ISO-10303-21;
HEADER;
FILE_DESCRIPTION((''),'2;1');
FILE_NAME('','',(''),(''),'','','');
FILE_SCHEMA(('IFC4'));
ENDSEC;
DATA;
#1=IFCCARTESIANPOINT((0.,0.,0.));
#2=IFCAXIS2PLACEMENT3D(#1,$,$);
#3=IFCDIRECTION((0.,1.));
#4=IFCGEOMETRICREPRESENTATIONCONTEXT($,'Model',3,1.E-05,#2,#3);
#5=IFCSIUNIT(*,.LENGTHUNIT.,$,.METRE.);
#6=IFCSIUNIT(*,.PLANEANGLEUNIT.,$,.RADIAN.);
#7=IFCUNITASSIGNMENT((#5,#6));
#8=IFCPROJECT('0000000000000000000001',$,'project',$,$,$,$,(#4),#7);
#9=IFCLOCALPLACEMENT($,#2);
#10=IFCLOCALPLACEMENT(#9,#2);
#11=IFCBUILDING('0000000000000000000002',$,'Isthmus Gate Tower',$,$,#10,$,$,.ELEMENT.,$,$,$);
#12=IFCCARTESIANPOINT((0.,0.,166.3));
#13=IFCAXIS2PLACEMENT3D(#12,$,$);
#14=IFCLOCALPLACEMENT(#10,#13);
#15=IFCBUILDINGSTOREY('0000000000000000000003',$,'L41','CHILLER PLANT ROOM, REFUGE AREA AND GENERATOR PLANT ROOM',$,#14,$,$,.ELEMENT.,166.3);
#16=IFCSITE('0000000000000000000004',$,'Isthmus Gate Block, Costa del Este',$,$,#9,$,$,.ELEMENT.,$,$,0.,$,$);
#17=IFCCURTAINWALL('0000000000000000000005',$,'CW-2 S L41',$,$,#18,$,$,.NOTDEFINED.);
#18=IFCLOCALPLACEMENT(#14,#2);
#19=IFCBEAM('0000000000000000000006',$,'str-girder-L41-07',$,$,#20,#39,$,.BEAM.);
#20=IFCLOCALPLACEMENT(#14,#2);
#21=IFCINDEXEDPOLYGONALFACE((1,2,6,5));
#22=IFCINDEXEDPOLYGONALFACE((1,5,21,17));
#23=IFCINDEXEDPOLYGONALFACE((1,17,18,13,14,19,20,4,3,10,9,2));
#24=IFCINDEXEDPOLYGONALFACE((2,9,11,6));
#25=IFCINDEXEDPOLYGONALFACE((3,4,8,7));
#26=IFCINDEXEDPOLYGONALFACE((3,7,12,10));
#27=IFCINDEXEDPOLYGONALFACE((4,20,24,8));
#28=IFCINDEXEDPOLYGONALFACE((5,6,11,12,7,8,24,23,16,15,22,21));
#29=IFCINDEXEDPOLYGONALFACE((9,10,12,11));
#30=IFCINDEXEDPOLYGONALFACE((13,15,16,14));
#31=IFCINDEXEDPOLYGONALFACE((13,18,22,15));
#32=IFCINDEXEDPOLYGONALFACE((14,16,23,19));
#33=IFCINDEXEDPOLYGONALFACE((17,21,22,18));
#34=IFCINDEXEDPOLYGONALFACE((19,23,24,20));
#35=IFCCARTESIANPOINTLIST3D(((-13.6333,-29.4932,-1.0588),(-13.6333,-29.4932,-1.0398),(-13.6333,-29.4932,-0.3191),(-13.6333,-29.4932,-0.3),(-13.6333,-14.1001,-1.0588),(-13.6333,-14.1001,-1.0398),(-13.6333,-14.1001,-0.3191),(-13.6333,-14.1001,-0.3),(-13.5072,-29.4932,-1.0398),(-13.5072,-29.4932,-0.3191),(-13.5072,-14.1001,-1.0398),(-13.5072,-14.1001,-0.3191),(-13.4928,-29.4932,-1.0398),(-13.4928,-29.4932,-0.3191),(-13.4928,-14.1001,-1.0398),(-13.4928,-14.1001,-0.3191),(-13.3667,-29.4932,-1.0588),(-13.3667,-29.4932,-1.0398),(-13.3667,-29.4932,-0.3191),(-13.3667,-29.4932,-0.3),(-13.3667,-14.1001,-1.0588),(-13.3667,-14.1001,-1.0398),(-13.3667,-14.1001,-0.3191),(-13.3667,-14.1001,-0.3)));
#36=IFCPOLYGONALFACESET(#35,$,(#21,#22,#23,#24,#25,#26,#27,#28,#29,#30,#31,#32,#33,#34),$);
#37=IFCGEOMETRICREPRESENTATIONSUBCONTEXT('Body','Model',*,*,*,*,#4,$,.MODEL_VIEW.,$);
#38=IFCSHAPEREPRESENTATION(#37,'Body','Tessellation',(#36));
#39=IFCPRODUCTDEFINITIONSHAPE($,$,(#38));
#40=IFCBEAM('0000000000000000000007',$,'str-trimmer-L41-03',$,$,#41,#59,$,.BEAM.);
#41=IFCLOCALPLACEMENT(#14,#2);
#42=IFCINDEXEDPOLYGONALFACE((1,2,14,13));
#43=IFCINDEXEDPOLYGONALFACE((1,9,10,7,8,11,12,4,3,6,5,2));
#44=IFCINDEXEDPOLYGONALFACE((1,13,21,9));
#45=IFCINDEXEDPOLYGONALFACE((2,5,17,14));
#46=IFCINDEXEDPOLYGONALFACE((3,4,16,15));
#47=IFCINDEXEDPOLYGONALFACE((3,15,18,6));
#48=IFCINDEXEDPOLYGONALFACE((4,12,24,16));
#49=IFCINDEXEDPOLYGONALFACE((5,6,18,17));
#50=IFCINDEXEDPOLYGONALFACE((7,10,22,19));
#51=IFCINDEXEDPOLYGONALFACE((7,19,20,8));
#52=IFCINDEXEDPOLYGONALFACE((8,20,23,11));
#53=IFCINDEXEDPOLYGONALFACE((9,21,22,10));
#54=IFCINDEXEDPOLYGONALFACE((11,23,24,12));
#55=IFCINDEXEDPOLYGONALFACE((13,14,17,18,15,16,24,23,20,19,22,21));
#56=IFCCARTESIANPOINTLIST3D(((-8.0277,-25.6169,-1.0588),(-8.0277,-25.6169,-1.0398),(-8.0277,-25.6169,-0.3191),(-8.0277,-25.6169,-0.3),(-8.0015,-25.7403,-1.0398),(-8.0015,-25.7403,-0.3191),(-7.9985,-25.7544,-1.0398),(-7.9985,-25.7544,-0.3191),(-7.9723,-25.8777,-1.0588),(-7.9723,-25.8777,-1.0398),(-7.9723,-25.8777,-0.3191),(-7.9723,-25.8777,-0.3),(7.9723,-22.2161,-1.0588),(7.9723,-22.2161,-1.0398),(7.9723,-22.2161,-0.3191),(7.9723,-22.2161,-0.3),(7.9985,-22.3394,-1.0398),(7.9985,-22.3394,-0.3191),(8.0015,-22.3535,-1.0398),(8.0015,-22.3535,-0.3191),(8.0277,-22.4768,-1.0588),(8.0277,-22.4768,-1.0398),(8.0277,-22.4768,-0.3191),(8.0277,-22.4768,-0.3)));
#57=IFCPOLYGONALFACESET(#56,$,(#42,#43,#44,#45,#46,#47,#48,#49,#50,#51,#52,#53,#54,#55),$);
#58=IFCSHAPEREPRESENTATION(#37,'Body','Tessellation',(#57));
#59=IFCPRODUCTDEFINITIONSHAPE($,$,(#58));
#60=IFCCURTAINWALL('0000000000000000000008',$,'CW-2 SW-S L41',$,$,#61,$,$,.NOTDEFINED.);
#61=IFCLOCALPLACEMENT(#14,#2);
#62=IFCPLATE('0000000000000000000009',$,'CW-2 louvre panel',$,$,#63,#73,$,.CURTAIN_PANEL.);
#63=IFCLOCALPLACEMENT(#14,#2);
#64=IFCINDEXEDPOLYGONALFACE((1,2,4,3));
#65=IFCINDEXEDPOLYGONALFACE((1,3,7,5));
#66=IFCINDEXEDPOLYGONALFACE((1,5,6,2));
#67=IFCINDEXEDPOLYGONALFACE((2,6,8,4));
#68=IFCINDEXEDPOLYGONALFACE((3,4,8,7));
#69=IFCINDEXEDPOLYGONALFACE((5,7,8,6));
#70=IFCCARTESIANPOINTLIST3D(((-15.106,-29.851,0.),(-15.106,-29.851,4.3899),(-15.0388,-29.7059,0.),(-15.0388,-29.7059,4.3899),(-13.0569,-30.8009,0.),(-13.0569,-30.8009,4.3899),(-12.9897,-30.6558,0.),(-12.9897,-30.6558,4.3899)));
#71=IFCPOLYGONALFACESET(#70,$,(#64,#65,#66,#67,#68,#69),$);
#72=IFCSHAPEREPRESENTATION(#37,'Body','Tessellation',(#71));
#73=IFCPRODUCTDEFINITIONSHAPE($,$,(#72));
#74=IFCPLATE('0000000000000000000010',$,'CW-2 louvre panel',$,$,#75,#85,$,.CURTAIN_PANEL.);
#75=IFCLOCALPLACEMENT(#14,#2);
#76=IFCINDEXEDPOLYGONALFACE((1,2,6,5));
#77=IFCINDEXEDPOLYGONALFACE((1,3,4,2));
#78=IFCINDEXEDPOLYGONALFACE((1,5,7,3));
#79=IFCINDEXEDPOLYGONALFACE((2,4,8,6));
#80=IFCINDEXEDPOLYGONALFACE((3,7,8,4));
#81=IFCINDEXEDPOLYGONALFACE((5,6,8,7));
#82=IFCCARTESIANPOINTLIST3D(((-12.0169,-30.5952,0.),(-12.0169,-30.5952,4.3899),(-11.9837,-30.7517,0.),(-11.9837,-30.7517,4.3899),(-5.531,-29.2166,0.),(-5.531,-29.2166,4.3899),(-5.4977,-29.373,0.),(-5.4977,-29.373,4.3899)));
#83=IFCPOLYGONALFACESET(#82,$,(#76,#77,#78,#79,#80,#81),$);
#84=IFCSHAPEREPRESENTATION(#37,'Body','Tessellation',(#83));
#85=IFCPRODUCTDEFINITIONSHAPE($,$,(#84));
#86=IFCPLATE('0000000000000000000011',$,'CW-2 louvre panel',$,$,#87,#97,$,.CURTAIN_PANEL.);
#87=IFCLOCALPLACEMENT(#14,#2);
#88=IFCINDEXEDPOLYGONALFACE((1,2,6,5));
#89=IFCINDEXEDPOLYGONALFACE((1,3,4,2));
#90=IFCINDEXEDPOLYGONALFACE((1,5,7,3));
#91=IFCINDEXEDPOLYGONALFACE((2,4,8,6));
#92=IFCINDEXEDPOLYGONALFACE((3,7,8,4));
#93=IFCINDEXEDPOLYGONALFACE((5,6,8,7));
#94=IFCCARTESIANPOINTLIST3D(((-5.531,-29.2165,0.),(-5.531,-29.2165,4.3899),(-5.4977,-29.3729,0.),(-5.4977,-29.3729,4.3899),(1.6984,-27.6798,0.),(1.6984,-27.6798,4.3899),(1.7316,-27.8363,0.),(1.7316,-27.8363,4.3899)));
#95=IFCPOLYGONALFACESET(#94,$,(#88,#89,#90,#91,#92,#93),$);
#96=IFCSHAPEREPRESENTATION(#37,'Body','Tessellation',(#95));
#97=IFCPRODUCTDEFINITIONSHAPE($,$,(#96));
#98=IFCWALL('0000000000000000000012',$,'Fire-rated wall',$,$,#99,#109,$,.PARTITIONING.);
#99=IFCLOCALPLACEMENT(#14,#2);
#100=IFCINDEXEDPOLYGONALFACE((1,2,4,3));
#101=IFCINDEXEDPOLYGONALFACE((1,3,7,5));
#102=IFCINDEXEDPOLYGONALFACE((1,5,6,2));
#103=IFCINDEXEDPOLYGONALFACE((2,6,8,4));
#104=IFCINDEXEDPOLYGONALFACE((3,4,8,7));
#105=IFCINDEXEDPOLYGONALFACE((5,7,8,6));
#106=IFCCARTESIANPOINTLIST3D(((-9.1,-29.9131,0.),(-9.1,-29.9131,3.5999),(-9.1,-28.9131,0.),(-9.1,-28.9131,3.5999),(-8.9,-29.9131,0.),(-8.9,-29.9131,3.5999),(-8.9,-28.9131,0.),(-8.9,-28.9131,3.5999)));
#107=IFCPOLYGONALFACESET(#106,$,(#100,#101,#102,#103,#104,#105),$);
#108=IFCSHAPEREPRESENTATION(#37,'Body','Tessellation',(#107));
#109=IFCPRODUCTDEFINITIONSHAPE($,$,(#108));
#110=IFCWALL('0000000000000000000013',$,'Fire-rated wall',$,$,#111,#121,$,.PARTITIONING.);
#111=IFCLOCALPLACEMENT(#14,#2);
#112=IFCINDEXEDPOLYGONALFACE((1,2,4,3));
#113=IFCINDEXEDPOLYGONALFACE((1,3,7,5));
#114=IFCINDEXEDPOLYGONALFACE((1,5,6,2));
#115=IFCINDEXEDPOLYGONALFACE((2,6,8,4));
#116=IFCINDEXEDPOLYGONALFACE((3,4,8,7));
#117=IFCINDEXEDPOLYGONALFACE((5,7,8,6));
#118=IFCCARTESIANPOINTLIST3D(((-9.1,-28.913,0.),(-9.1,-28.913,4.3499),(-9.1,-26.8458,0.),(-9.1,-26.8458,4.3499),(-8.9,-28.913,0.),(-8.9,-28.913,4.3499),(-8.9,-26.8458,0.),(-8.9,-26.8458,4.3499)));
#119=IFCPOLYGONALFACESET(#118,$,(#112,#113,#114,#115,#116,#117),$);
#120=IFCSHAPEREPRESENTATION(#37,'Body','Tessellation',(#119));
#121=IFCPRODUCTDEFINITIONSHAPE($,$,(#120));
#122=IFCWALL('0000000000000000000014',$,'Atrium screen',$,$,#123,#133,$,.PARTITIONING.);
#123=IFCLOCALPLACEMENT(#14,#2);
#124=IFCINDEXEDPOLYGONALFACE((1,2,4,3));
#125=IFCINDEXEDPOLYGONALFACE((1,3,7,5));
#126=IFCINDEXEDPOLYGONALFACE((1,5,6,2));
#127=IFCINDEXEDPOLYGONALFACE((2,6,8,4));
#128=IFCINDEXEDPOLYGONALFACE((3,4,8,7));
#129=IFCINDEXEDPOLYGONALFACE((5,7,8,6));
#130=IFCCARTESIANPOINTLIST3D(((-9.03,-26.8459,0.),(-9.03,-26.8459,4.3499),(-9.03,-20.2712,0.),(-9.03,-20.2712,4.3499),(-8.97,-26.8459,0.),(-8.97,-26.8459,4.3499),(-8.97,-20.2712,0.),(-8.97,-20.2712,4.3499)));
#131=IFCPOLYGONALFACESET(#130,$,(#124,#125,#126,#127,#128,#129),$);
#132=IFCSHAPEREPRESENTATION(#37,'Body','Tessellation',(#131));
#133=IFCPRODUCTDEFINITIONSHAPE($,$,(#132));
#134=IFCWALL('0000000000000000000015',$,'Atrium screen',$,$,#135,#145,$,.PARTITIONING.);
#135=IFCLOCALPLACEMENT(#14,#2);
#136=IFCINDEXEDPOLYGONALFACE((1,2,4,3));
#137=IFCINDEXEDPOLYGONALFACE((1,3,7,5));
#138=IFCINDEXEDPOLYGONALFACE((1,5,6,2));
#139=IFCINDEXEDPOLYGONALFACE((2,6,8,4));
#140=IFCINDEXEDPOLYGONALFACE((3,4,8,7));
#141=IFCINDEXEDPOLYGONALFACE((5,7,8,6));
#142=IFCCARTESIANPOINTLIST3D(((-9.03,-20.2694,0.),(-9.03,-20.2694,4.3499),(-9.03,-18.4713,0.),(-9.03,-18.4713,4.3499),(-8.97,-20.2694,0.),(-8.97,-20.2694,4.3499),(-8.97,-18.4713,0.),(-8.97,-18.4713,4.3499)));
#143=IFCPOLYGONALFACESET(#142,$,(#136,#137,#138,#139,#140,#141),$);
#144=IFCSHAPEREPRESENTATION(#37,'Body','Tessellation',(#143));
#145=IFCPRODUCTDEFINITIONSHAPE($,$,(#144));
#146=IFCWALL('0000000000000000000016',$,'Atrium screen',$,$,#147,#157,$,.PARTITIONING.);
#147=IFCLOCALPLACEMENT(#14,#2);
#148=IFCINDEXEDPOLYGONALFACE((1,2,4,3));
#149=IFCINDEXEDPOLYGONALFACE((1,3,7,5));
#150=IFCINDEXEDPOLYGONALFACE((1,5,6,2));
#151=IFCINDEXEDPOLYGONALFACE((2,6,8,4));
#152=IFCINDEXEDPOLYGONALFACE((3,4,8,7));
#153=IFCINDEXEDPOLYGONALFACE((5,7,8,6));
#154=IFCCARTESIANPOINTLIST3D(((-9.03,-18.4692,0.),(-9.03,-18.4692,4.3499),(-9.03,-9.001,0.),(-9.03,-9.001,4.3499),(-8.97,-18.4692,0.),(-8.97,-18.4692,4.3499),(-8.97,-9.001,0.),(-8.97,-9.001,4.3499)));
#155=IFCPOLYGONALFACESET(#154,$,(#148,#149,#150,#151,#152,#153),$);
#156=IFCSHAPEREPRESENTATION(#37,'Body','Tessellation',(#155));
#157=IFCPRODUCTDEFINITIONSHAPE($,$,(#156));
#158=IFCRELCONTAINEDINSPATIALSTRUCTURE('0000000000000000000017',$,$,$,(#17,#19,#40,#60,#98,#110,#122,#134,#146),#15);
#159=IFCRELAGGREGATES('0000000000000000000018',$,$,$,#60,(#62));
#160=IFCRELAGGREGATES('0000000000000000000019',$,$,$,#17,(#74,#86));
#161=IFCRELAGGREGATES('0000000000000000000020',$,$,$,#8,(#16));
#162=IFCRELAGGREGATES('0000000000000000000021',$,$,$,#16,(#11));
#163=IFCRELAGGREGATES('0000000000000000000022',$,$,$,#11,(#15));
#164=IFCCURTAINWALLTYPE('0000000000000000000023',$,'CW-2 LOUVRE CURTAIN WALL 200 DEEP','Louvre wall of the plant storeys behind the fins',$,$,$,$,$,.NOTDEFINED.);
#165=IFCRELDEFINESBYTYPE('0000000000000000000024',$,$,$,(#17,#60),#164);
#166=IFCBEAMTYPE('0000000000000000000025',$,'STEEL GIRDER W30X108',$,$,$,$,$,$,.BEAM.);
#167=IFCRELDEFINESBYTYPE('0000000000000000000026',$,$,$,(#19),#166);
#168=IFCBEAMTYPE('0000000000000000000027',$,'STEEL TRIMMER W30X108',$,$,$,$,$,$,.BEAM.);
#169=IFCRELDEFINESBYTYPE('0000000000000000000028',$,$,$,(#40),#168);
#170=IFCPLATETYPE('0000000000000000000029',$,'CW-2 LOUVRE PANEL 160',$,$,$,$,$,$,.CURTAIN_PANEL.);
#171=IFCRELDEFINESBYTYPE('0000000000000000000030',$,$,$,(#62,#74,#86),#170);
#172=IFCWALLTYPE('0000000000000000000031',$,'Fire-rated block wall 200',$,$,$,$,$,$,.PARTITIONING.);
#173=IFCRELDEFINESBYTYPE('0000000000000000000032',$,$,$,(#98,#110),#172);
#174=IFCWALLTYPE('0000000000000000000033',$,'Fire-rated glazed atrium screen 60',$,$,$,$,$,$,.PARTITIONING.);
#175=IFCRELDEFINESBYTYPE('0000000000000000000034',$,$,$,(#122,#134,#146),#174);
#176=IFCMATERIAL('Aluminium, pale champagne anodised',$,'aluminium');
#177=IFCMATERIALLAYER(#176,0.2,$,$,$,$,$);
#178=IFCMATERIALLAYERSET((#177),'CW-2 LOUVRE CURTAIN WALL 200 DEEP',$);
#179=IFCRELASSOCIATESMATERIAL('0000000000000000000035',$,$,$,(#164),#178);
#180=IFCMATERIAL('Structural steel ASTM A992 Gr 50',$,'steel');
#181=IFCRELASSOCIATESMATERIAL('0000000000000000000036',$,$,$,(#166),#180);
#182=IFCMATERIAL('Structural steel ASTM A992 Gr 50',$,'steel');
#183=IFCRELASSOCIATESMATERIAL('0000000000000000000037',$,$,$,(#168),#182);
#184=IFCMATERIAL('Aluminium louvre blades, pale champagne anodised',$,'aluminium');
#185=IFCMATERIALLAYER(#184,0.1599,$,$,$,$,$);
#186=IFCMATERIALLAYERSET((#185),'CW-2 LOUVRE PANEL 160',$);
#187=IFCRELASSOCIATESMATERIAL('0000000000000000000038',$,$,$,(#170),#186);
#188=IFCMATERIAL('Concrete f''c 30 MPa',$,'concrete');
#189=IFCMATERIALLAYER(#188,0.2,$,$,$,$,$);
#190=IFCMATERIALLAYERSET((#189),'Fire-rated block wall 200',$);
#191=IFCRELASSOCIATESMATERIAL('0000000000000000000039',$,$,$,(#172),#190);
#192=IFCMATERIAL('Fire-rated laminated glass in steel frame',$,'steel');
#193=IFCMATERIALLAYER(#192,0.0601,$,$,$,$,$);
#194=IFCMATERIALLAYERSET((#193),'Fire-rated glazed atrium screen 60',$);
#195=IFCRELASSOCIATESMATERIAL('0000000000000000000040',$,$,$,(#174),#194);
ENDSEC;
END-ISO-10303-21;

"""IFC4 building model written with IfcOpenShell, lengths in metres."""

from ifc_helpers import new_model, si_unit, direction, frame, frame_2d, origin, origin_2d, place, context, subcontext, project, spatial, rectangle, i_section, extrude, material, layer, layer_set, material_profile, profile_set, type_object, element, aggregate, save


model = new_model("IFC4")

# Units and contexts
model_context = context("Model", 3, precision=1e-05, world=origin(), true_north=direction((0.0, 1.0)))
body_context = subcontext(model_context, "Body", "Model", "MODEL_VIEW")
ifc_project = project(units=[si_unit("LENGTHUNIT", "METRE"), si_unit("PLANEANGLEUNIT", "RADIAN")], contexts=[model_context])

# Site, building, storey
site_placement = place(None, origin())
site = spatial("IfcSite", under=ifc_project, at=site_placement, Name="Isthmus Gate Block, Costa del Este", CompositionType="ELEMENT", RefElevation=0.0)
building_placement = place(site_placement, origin())
building = spatial("IfcBuilding", under=site, at=building_placement, Name="Isthmus Gate Tower", CompositionType="ELEMENT")
storey_placement = place(building_placement, frame((0.0, 0.0, 166.3)))
storey = spatial("IfcBuildingStorey", under=building, at=storey_placement, Name="L41", Description="CHILLER PLANT ROOM, REFUGE AREA AND GENERATOR PLANT ROOM", CompositionType="ELEMENT", Elevation=166.3)

# Curtain wall
ifc_material_1 = material(Name="Aluminium, pale champagne anodised", Category="aluminium")
ifc_layer_1 = layer(ifc_material_1, 0.2)
ifc_layer_set_1 = layer_set([ifc_layer_1], Name="CW-2 LOUVRE CURTAIN WALL 200 DEEP")
curtain_wall_type = type_object("IfcCurtainWallType", Name="CW-2 LOUVRE CURTAIN WALL 200 DEEP", Description="Louvre wall of the plant storeys behind the fins", PredefinedType="NOTDEFINED", material=ifc_layer_set_1)
curtain_wall_1_placement = place(storey_placement, origin())
curtain_wall_1 = element("IfcCurtainWall", 1, at=curtain_wall_1_placement, inside=storey, type_object=curtain_wall_type, Name="CW-2 S L41", PredefinedType="NOTDEFINED")

# Beams
ifc_material_2 = material(Name="Structural steel ASTM A992 Gr 50", Category="steel")
ifc_material_profile_1 = material_profile(ifc_material_2, i_section(OverallWidth=0.2666, OverallDepth=0.7588, WebThickness=0.0144, FlangeThickness=0.019, at=origin_2d()), Name="W30X108")
ifc_profile_set_1 = profile_set([ifc_material_profile_1], Name="Structural steel ASTM A992 Gr 50")
beam_type_1 = type_object("IfcBeamType", Name="STEEL GIRDER W30X108", PredefinedType="BEAM", material=ifc_profile_set_1)
beam_1_placement = place(storey_placement, frame((-13.5, -29.4932, -0.6794), z_axis=(0.0, 1.0, 0.0), x_axis=(-1.0, 0.0, 0.0)))
element("IfcBeam", 2, at=beam_1_placement, inside=storey, type_object=beam_type_1, Name="str-girder-L41-07", PredefinedType="BEAM", context=body_context, shape_type="SweptSolid", body=[
    extrude(i_section(OverallWidth=0.2666, OverallDepth=0.7588, WebThickness=0.0144, FlangeThickness=0.019, at=origin_2d()), origin(), (0.0, 0.0, 1.0), 15.3931),
])
ifc_material_3 = material(Name="Structural steel ASTM A992 Gr 50", Category="steel")
ifc_material_profile_2 = material_profile(ifc_material_3, i_section(OverallWidth=0.2666, OverallDepth=0.7588, WebThickness=0.0144, FlangeThickness=0.019, at=origin_2d()), Name="W30X108")
ifc_profile_set_2 = profile_set([ifc_material_profile_2], Name="Structural steel ASTM A992 Gr 50")
beam_type_2 = type_object("IfcBeamType", Name="STEEL TRIMMER W30X108", PredefinedType="BEAM", material=ifc_profile_set_2)
beam_2_placement = place(storey_placement, frame((-8.0, -25.7473, -0.6794), z_axis=(0.978148, 0.20791, 0.0), x_axis=(-0.20791, 0.978148, 0.0)))
element("IfcBeam", 3, at=beam_2_placement, inside=storey, type_object=beam_type_2, Name="str-trimmer-L41-03", PredefinedType="BEAM", context=body_context, shape_type="SweptSolid", body=[
    extrude(i_section(OverallWidth=0.2666, OverallDepth=0.7588, WebThickness=0.0144, FlangeThickness=0.019, at=origin_2d()), origin(), (0.0, 0.0, 1.0), 16.3574),
])

# Curtain wall, plate
curtain_wall_2_placement = place(storey_placement, origin())
curtain_wall_2 = element("IfcCurtainWall", 4, at=curtain_wall_2_placement, inside=storey, type_object=curtain_wall_type, Name="CW-2 SW-S L41", PredefinedType="NOTDEFINED")
ifc_material_4 = material(Name="Aluminium louvre blades, pale champagne anodised", Category="aluminium")
ifc_layer_2 = layer(ifc_material_4, 0.1599)
ifc_layer_set_2 = layer_set([ifc_layer_2], Name="CW-2 LOUVRE PANEL 160")
plate_type = type_object("IfcPlateType", Name="CW-2 LOUVRE PANEL 160", PredefinedType="CURTAIN_PANEL", material=ifc_layer_set_2)
plate_1_placement = place(storey_placement, frame((-14.0479, -30.2534, 0.0), z_axis=(0.0, 0.0, 1.0), x_axis=(0.907256, -0.420578, 0.0)))
plate_1 = element("IfcPlate", 5, at=plate_1_placement, type_object=plate_type, Name="CW-2 louvre panel", PredefinedType="CURTAIN_PANEL", context=body_context, shape_type="SweptSolid", body=[
    extrude(rectangle(XDim=2.2585, YDim=0.1599, at=origin_2d()), origin(), (0.0, 0.0, 1.0), 4.3899),
])
aggregate(curtain_wall_2, [plate_1])

# Plates
plate_2_placement = place(storey_placement, frame((-8.7573, -29.9841, 0.0), z_axis=(0.0, 0.0, 1.0), x_axis=(0.978148, 0.207912, 0.0)))
plate_2 = element("IfcPlate", 6, at=plate_2_placement, type_object=plate_type, Name="CW-2 louvre panel", PredefinedType="CURTAIN_PANEL", context=body_context, shape_type="SweptSolid", body=[
    extrude(rectangle(XDim=6.6309, YDim=0.1599, at=origin_2d()), origin(), (0.0, 0.0, 1.0), 4.3899),
])
plate_3_placement = place(storey_placement, frame((-1.8997, -28.5264, 0.0), z_axis=(0.0, 0.0, 1.0), x_axis=(0.978148, 0.207912, 0.0)))
plate_3 = element("IfcPlate", 7, at=plate_3_placement, type_object=plate_type, Name="CW-2 louvre panel", PredefinedType="CURTAIN_PANEL", context=body_context, shape_type="SweptSolid", body=[
    extrude(rectangle(XDim=7.3909, YDim=0.1599, at=origin_2d()), origin(), (0.0, 0.0, 1.0), 4.3899),
])
aggregate(curtain_wall_1, [plate_2, plate_3])

# Walls
ifc_material_5 = material(Name="Concrete f'c 30 MPa", Category="concrete")
ifc_layer_3 = layer(ifc_material_5, 0.2)
ifc_layer_set_3 = layer_set([ifc_layer_3], Name="Fire-rated block wall 200")
wall_type_1 = type_object("IfcWallType", Name="Fire-rated block wall 200", PredefinedType="PARTITIONING", material=ifc_layer_set_3)
wall_1_placement = place(storey_placement, frame((-9.0, -29.9131, 0.0), z_axis=(0.0, 0.0, 1.0), x_axis=(0.0, 1.0, 0.0)))
element("IfcWall", 8, at=wall_1_placement, inside=storey, type_object=wall_type_1, Name="Fire-rated wall", PredefinedType="PARTITIONING", context=body_context, shape_type="SweptSolid", body=[
    extrude(rectangle(XDim=1.0, YDim=0.2, at=frame_2d((0.5, 0.0))), origin(), (0.0, 0.0, 1.0), 3.5999),
])
wall_2_placement = place(storey_placement, frame((-9.0, -28.9131, 0.0), z_axis=(0.0, 0.0, 1.0), x_axis=(0.0, 1.0, 0.0)))
element("IfcWall", 9, at=wall_2_placement, inside=storey, type_object=wall_type_1, Name="Fire-rated wall", PredefinedType="PARTITIONING", context=body_context, shape_type="SweptSolid", body=[
    extrude(rectangle(XDim=2.0671, YDim=0.2, at=frame_2d((1.0337, 0.0))), origin(), (0.0, 0.0, 1.0), 4.3499),
])
ifc_material_6 = material(Name="Fire-rated laminated glass in steel frame", Category="steel")
ifc_layer_4 = layer(ifc_material_6, 0.0601)
ifc_layer_set_4 = layer_set([ifc_layer_4], Name="Fire-rated glazed atrium screen 60")
wall_type_2 = type_object("IfcWallType", Name="Fire-rated glazed atrium screen 60", PredefinedType="PARTITIONING", material=ifc_layer_set_4)
wall_3_placement = place(storey_placement, frame((-9.0, -26.8459, 0.0), z_axis=(0.0, 0.0, 1.0), x_axis=(0.0, 1.0, 0.0)))
element("IfcWall", 10, at=wall_3_placement, inside=storey, type_object=wall_type_2, Name="Atrium screen", PredefinedType="PARTITIONING", context=body_context, shape_type="SweptSolid", body=[
    extrude(rectangle(XDim=6.5747, YDim=0.0601, at=frame_2d((3.2874, 0.0))), origin(), (0.0, 0.0, 1.0), 4.3499),
])
wall_4_placement = place(storey_placement, frame((-9.0, -20.2693, 0.0), z_axis=(0.0, 0.0, 1.0), x_axis=(0.0, 1.0, 0.0)))
element("IfcWall", 11, at=wall_4_placement, inside=storey, type_object=wall_type_2, Name="Atrium screen", PredefinedType="PARTITIONING", context=body_context, shape_type="SweptSolid", body=[
    extrude(rectangle(XDim=1.7981, YDim=0.0601, at=frame_2d((0.8989, 0.0))), origin(), (0.0, 0.0, 1.0), 4.3499),
])
wall_5_placement = place(storey_placement, frame((-9.0, -18.4692, 0.0), z_axis=(0.0, 0.0, 1.0), x_axis=(0.0, 1.0, 0.0)))
element("IfcWall", 12, at=wall_5_placement, inside=storey, type_object=wall_type_2, Name="Atrium screen", PredefinedType="PARTITIONING", context=body_context, shape_type="SweptSolid", body=[
    extrude(rectangle(XDim=9.4683, YDim=0.0601, at=frame_2d((4.7341, 0.0))), origin(), (0.0, 0.0, 1.0), 4.3499),
])

save(model, "model.ifc")
